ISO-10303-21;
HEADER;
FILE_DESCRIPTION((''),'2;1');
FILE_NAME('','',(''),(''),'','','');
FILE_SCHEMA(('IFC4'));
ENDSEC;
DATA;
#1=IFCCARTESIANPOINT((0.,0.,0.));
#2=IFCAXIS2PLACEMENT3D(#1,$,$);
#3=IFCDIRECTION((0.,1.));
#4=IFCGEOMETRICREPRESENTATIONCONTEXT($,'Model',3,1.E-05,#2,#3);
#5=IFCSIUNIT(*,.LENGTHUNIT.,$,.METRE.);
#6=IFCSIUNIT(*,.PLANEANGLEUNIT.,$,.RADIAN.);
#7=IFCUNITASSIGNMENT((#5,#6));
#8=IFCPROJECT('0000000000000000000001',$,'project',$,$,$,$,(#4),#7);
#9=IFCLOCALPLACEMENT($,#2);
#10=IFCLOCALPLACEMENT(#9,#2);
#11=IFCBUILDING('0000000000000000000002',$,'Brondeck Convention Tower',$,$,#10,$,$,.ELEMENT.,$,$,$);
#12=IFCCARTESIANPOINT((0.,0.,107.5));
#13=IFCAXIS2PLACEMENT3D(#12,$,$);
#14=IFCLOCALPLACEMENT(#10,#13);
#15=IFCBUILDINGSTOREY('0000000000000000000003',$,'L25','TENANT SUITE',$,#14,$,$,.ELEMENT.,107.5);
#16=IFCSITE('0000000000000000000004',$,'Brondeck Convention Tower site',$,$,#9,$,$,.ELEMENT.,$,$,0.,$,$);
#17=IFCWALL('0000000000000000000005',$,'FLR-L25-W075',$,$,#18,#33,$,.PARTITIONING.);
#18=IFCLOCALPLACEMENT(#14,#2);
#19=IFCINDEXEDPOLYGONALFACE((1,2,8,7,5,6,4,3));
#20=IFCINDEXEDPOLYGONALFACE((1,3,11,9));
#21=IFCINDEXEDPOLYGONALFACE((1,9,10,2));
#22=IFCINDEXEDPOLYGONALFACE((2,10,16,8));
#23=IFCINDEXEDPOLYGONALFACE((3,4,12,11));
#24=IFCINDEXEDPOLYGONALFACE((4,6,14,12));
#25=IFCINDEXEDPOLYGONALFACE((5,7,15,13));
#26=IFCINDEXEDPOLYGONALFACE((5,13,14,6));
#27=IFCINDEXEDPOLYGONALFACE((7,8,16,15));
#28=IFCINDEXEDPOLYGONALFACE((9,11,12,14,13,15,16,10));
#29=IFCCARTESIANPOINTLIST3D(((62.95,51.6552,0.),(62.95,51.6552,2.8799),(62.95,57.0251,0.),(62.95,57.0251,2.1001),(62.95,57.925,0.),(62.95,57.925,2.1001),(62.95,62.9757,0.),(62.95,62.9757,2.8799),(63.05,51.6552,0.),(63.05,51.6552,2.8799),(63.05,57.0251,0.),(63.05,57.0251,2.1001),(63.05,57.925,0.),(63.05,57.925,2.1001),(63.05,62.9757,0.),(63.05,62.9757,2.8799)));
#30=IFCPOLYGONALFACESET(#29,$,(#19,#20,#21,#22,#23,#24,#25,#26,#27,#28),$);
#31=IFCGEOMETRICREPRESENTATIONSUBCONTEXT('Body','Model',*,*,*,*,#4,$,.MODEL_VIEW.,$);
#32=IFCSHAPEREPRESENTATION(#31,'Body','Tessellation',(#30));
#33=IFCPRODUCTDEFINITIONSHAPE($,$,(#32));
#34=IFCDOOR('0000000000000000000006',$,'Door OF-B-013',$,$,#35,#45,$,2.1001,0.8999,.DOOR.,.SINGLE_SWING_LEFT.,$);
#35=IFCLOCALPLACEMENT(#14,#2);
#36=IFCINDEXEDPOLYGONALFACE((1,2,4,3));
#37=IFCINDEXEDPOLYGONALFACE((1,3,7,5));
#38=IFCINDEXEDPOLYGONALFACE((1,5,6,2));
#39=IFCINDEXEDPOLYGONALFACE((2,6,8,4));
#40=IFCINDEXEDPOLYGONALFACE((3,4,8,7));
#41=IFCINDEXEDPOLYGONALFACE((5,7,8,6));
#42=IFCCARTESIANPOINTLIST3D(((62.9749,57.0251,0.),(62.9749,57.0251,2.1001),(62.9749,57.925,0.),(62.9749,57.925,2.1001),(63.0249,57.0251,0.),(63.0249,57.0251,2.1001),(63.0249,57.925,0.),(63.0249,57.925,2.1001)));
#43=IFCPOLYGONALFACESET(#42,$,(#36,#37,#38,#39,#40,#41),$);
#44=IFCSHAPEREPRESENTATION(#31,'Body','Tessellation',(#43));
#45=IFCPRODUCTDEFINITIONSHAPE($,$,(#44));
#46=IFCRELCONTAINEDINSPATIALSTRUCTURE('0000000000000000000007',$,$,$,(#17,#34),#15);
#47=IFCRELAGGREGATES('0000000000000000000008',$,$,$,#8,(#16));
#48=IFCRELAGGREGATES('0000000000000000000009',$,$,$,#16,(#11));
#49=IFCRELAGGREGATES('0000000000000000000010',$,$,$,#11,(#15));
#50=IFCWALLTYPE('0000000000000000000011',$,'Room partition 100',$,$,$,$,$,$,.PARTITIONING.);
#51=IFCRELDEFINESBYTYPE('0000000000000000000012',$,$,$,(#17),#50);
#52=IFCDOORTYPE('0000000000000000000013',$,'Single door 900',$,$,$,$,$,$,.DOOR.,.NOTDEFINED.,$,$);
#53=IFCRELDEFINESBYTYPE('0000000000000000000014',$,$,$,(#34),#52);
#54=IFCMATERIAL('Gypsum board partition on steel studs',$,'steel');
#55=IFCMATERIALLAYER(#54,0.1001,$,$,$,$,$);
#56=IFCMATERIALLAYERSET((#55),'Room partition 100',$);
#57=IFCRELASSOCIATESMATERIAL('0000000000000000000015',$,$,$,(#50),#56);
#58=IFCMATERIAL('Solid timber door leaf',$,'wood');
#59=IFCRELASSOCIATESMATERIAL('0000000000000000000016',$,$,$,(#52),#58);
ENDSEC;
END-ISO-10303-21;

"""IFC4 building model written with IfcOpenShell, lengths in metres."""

from ifc_helpers import new_model, si_unit, direction, frame, frame_2d, origin, place, context, subcontext, project, spatial, rectangle, extrude, material, layer, layer_set, type_object, element, fill, save


model = new_model("IFC4")

# Units and contexts
model_context = context("Model", 3, precision=1e-05, world=origin(), true_north=direction((0.0, 1.0)))
body_context = subcontext(model_context, "Body", "Model", "MODEL_VIEW")
ifc_project = project(units=[si_unit("LENGTHUNIT", "METRE"), si_unit("PLANEANGLEUNIT", "RADIAN")], contexts=[model_context])

# Site, building, storey
site_placement = place(None, origin())
site = spatial("IfcSite", under=ifc_project, at=site_placement, Name="Brondeck Convention Tower site", CompositionType="ELEMENT", RefElevation=0.0)
building_placement = place(site_placement, origin())
building = spatial("IfcBuilding", under=site, at=building_placement, Name="Brondeck Convention Tower", CompositionType="ELEMENT")
storey_placement = place(building_placement, frame((0.0, 0.0, 107.5)))
storey = spatial("IfcBuildingStorey", under=building, at=storey_placement, Name="L25", Description="TENANT SUITE", CompositionType="ELEMENT", Elevation=107.5)

# Wall, opening, door
ifc_material_1 = material(Name="Gypsum board partition on steel studs", Category="steel")
ifc_layer_1 = layer(ifc_material_1, 0.1001)
ifc_layer_set_1 = layer_set([ifc_layer_1], Name="Room partition 100")
wall_type_1 = type_object("IfcWallType", Name="Room partition 100", PredefinedType="PARTITIONING", material=ifc_layer_set_1)
wall_1_placement = place(storey_placement, frame((63.0, 62.9756, 0.0), z_axis=(0.0, 0.0, 1.0), x_axis=(0.0, -1.0, 0.0)))
wall_1 = element("IfcWall", 1, at=wall_1_placement, inside=storey, type_object=wall_type_1, Name="FLR-L25-W075", PredefinedType="PARTITIONING", context=body_context, shape_type="SweptSolid", body=[
    extrude(rectangle(XDim=11.3206, YDim=0.1001, at=frame_2d((5.6602, 0.0))), origin(), (0.0, 0.0, 1.0), 2.8799),
])
opening_1_placement = place(wall_1_placement, frame((5.0505, 0.0, 0.0)))
opening_1 = element("IfcOpeningElement", 2, at=opening_1_placement, cuts=wall_1, PredefinedType="OPENING", context=body_context, shape_type="SweptSolid", body=[
    extrude(rectangle(XDim=0.8999, YDim=2.1001, at=frame_2d((0.45, 1.05))), frame((0.0, 0.0601, 0.0), z_axis=(0.0, -1.0, 0.0), x_axis=(1.0, 0.0, 0.0)), (0.0, 0.0, 1.0), 0.1201),
])
ifc_material_2 = material(Name="Solid timber door leaf", Category="wood")
door_type = type_object("IfcDoorType", Name="Single door 900", OperationType="NOTDEFINED", PredefinedType="DOOR", material=ifc_material_2)
door_placement = place(opening_1_placement, origin())
door = element("IfcDoor", 3, at=door_placement, inside=storey, type_object=door_type, Name="Door OF-B-013", OperationType="SINGLE_SWING_LEFT", OverallHeight=2.1001, OverallWidth=0.8999, PredefinedType="DOOR", context=body_context, shape_type="SweptSolid", body=[
    extrude(rectangle(XDim=0.8999, YDim=2.1001, at=frame_2d((0.45, 1.05))), frame((0.0, 0.0249, 0.0), z_axis=(0.0, -1.0, 0.0), x_axis=(1.0, 0.0, 0.0)), (0.0, 0.0, 1.0), 0.05),
])
fill(opening_1, door)

save(model, "model.ifc")
